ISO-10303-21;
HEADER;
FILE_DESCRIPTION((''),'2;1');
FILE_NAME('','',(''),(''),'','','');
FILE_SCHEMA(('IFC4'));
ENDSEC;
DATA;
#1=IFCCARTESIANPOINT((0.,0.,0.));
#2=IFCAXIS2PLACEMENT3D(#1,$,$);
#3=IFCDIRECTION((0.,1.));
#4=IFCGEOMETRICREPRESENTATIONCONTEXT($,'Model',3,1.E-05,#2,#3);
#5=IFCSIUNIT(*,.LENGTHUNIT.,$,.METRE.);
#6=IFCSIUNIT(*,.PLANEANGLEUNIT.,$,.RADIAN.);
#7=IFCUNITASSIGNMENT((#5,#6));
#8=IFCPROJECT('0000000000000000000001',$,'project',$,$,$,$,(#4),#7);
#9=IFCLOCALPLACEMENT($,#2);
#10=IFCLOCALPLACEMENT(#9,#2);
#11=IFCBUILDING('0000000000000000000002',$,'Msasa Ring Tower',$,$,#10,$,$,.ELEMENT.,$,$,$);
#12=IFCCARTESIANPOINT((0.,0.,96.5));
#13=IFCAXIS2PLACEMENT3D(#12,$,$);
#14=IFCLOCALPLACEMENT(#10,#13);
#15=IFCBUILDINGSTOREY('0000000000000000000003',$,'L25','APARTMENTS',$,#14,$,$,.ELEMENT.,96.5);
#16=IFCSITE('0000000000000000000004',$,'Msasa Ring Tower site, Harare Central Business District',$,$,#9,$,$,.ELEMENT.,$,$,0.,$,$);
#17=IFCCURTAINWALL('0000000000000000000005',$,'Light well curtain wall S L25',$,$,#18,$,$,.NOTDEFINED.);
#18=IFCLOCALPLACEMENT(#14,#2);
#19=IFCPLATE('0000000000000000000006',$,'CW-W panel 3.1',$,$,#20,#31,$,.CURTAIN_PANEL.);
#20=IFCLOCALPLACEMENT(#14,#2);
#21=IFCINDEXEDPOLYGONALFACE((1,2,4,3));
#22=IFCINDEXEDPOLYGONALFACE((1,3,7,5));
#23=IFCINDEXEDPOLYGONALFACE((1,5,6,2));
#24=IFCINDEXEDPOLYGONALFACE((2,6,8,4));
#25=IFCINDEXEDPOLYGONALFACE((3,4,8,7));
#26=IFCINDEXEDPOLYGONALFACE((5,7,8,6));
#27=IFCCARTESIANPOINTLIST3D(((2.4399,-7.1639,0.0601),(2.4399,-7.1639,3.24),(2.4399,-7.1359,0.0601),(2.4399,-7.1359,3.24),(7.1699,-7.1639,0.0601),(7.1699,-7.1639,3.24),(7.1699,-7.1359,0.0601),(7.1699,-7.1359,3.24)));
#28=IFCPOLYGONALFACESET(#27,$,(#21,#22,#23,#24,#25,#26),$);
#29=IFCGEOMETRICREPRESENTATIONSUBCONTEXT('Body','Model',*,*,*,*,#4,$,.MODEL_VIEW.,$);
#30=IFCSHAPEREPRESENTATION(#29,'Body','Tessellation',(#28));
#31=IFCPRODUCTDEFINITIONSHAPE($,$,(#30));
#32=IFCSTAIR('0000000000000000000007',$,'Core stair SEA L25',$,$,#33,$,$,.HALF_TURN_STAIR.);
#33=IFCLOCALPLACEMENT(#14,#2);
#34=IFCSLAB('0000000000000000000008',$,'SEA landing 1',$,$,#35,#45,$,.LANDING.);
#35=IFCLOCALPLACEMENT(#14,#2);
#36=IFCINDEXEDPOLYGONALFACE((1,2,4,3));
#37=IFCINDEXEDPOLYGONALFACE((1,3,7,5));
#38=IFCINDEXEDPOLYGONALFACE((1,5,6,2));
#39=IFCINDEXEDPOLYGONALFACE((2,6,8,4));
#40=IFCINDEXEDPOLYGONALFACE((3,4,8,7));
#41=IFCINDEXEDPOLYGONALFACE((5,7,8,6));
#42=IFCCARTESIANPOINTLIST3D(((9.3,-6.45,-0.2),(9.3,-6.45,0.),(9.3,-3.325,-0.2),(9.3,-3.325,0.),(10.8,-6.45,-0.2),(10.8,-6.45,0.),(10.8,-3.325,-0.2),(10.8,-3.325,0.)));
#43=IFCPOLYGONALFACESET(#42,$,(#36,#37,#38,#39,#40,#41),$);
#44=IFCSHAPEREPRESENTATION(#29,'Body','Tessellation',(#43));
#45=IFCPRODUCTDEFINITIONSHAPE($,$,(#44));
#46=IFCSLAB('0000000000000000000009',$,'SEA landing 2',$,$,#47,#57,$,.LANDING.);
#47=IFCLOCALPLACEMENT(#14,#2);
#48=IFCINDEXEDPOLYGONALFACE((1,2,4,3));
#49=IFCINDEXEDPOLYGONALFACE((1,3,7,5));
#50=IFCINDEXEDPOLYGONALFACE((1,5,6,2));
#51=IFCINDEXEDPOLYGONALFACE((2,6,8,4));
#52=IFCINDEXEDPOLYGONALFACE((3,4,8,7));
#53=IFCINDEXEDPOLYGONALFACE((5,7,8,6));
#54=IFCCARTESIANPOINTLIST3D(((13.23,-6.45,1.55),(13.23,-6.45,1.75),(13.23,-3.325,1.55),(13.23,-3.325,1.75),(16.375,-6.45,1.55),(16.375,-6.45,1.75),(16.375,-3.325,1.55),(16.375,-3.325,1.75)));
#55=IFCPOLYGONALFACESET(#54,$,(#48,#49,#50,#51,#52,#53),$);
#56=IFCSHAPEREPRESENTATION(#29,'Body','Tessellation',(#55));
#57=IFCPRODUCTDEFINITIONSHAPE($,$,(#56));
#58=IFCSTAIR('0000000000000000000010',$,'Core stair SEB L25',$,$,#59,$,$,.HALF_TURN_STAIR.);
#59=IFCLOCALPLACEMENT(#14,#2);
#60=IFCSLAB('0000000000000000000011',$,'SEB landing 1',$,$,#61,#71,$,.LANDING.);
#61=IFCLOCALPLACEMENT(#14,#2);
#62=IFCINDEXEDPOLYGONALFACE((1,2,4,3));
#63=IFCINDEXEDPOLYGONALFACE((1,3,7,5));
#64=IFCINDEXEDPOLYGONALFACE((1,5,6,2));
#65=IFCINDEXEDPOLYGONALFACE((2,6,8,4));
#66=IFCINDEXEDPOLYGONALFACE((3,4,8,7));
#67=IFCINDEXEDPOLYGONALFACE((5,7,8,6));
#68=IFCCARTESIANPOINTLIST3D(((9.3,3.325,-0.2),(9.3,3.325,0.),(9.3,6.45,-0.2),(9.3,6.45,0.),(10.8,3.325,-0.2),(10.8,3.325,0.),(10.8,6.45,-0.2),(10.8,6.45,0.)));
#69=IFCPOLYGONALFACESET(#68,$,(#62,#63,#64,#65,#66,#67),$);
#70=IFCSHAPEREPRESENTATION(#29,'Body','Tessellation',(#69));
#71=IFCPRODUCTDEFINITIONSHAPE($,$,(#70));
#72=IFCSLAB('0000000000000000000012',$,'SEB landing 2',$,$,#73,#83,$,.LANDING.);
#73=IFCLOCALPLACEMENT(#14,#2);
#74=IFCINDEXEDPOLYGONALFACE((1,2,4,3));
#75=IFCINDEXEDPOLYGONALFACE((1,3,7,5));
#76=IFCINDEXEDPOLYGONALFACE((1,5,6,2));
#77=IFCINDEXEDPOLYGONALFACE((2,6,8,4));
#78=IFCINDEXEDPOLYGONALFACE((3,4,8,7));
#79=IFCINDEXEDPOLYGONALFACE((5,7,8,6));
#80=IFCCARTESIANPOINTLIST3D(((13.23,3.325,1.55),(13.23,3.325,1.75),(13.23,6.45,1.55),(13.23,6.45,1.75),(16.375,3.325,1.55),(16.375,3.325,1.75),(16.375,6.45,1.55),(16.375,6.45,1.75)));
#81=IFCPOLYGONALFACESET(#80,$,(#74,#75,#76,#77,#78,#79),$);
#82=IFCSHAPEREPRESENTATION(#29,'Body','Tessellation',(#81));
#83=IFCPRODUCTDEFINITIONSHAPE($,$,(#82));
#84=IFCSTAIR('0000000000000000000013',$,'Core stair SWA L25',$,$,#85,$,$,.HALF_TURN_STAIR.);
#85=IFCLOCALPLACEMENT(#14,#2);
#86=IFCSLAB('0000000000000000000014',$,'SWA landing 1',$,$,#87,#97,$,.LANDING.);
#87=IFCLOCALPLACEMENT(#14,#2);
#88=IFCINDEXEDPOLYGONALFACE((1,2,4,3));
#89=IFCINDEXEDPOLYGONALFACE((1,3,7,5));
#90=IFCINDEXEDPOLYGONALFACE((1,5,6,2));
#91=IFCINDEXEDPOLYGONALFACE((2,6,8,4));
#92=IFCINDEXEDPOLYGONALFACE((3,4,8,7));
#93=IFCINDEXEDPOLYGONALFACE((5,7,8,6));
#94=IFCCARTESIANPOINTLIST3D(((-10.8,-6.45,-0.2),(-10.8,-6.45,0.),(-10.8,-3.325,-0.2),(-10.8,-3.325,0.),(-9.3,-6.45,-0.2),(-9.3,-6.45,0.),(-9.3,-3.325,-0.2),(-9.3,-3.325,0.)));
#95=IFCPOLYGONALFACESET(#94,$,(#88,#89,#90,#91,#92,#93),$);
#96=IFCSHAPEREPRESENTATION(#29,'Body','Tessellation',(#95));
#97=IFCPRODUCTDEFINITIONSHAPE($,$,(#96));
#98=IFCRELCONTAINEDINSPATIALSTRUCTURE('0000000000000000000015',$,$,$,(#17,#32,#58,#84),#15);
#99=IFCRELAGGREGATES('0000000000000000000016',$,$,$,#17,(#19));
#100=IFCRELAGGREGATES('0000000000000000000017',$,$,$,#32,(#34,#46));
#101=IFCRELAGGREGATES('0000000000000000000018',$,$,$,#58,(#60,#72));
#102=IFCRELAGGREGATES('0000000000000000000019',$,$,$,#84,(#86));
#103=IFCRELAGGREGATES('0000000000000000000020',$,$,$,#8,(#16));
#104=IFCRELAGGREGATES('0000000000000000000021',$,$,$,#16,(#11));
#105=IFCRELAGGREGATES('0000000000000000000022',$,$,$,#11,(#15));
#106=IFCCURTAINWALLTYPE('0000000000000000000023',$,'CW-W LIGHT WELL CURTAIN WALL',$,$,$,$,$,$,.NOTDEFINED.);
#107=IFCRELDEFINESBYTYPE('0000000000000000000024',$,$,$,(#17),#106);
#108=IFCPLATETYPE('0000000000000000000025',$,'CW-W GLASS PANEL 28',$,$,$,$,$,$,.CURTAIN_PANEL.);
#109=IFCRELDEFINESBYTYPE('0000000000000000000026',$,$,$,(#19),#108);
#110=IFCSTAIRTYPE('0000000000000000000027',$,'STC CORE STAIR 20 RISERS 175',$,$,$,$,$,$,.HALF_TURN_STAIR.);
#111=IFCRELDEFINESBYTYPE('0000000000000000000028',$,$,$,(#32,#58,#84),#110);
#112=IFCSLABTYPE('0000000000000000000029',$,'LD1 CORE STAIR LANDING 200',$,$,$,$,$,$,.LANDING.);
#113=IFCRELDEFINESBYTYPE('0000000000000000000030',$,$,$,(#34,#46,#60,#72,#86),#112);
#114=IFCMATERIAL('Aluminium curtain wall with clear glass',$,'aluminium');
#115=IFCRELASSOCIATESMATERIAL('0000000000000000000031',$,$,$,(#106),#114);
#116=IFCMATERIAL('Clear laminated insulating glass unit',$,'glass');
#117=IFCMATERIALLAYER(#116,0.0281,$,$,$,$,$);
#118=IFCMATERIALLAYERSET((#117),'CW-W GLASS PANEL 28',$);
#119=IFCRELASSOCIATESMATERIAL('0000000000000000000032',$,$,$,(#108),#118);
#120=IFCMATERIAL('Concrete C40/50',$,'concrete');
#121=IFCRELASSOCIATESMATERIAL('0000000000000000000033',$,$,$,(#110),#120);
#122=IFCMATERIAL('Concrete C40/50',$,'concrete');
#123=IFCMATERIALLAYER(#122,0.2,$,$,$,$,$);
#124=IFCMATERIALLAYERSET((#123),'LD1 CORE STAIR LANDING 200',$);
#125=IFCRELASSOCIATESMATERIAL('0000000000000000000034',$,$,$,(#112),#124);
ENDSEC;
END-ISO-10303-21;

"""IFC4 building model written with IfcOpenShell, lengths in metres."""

from ifc_helpers import new_model, si_unit, direction, frame, origin, origin_2d, place, context, subcontext, project, spatial, polyline, rectangle, outline, extrude, material, layer, layer_set, type_object, element, aggregate, save


model = new_model("IFC4")

# Units and contexts
model_context = context("Model", 3, precision=1e-05, world=origin(), true_north=direction((0.0, 1.0)))
body_context = subcontext(model_context, "Body", "Model", "MODEL_VIEW")
ifc_project = project(units=[si_unit("LENGTHUNIT", "METRE"), si_unit("PLANEANGLEUNIT", "RADIAN")], contexts=[model_context])

# Site, building, storey
site_placement = place(None, origin())
site = spatial("IfcSite", under=ifc_project, at=site_placement, Name="Msasa Ring Tower site, Harare Central Business District", CompositionType="ELEMENT", RefElevation=0.0)
building_placement = place(site_placement, origin())
building = spatial("IfcBuilding", under=site, at=building_placement, Name="Msasa Ring Tower", CompositionType="ELEMENT")
storey_placement = place(building_placement, frame((0.0, 0.0, 96.5)))
storey = spatial("IfcBuildingStorey", under=building, at=storey_placement, Name="L25", Description="APARTMENTS", CompositionType="ELEMENT", Elevation=96.5)

# Shared definitions
ifc_material_1 = material(Name="Aluminium curtain wall with clear glass", Category="aluminium")
curtain_wall_type = type_object("IfcCurtainWallType", Name="CW-W LIGHT WELL CURTAIN WALL", PredefinedType="NOTDEFINED", material=ifc_material_1)

# Curtain wall, plate
curtain_wall_1_placement = place(storey_placement, origin())
curtain_wall_1 = element("IfcCurtainWall", 1, at=curtain_wall_1_placement, inside=storey, type_object=curtain_wall_type, Name="Light well curtain wall S L25", PredefinedType="NOTDEFINED")
ifc_material_2 = material(Name="Clear laminated insulating glass unit", Category="glass")
ifc_layer_1 = layer(ifc_material_2, 0.0281)
ifc_layer_set_1 = layer_set([ifc_layer_1], Name="CW-W GLASS PANEL 28")
plate_type = type_object("IfcPlateType", Name="CW-W GLASS PANEL 28", PredefinedType="CURTAIN_PANEL", material=ifc_layer_set_1)
plate_placement = place(storey_placement, frame((4.8049, -7.1499, 0.0601), z_axis=(0.0, 0.0, 1.0), x_axis=(1.0, 0.0, 0.0)))
plate = element("IfcPlate", 2, at=plate_placement, type_object=plate_type, Name="CW-W panel 3.1", PredefinedType="CURTAIN_PANEL", context=body_context, shape_type="SweptSolid", body=[
    extrude(rectangle(XDim=4.73, YDim=0.0281, at=origin_2d()), origin(), (0.0, 0.0, 1.0), 3.1799),
])
aggregate(curtain_wall_1, [plate])

# Stairs, slabs
ifc_material_3 = material(Name="Concrete C40/50", Category="concrete")
stair_type = type_object("IfcStairType", Name="STC CORE STAIR 20 RISERS 175", PredefinedType="HALF_TURN_STAIR", material=ifc_material_3)
stair_1_placement = place(storey_placement, origin())
stair_1 = element("IfcStair", 3, at=stair_1_placement, inside=storey, type_object=stair_type, Name="Core stair SEA L25", PredefinedType="HALF_TURN_STAIR")
ifc_material_4 = material(Name="Concrete C40/50", Category="concrete")
ifc_layer_2 = layer(ifc_material_4, 0.2)
ifc_layer_set_2 = layer_set([ifc_layer_2], Name="LD1 CORE STAIR LANDING 200")
slab_type = type_object("IfcSlabType", Name="LD1 CORE STAIR LANDING 200", PredefinedType="LANDING", material=ifc_layer_set_2)
slab_1_placement = place(storey_placement, frame((0.0, 0.0, -0.2)))
slab_1 = element("IfcSlab", 4, at=slab_1_placement, type_object=slab_type, Name="SEA landing 1", PredefinedType="LANDING", context=body_context, shape_type="SweptSolid", body=[
    extrude(outline(polyline([(9.3, -6.45), (10.8, -6.45), (10.8, -3.325), (9.3, -3.325), (9.3, -6.45)])), origin(), (0.0, 0.0, 1.0), 0.2),
])
slab_2_placement = place(storey_placement, frame((0.0, 0.0, 1.55)))
slab_2 = element("IfcSlab", 5, at=slab_2_placement, type_object=slab_type, Name="SEA landing 2", PredefinedType="LANDING", context=body_context, shape_type="SweptSolid", body=[
    extrude(outline(polyline([(13.23, -6.45), (16.375, -6.45), (16.375, -3.325), (13.23, -3.325), (13.23, -6.45)])), origin(), (0.0, 0.0, 1.0), 0.2),
])
aggregate(stair_1, [slab_1, slab_2])
stair_2_placement = place(storey_placement, origin())
stair_2 = element("IfcStair", 6, at=stair_2_placement, inside=storey, type_object=stair_type, Name="Core stair SEB L25", PredefinedType="HALF_TURN_STAIR")
slab_3_placement = place(storey_placement, frame((0.0, 0.0, -0.2)))
slab_3 = element("IfcSlab", 7, at=slab_3_placement, type_object=slab_type, Name="SEB landing 1", PredefinedType="LANDING", context=body_context, shape_type="SweptSolid", body=[
    extrude(outline(polyline([(9.3, 3.325), (10.8, 3.325), (10.8, 6.45), (9.3, 6.45), (9.3, 3.325)])), origin(), (0.0, 0.0, 1.0), 0.2),
])
slab_4_placement = place(storey_placement, frame((0.0, 0.0, 1.55)))
slab_4 = element("IfcSlab", 8, at=slab_4_placement, type_object=slab_type, Name="SEB landing 2", PredefinedType="LANDING", context=body_context, shape_type="SweptSolid", body=[
    extrude(outline(polyline([(13.23, 3.325), (16.375, 3.325), (16.375, 6.45), (13.23, 6.45), (13.23, 3.325)])), origin(), (0.0, 0.0, 1.0), 0.2),
])
aggregate(stair_2, [slab_3, slab_4])

# Stair, slab
stair_3_placement = place(storey_placement, origin())
stair_3 = element("IfcStair", 9, at=stair_3_placement, inside=storey, type_object=stair_type, Name="Core stair SWA L25", PredefinedType="HALF_TURN_STAIR")
slab_5_placement = place(storey_placement, frame((0.0, 0.0, -0.2)))
slab_5 = element("IfcSlab", 10, at=slab_5_placement, type_object=slab_type, Name="SWA landing 1", PredefinedType="LANDING", context=body_context, shape_type="SweptSolid", body=[
    extrude(outline(polyline([(-10.8, -6.45), (-9.3, -6.45), (-9.3, -3.325), (-10.8, -3.325), (-10.8, -6.45)])), origin(), (0.0, 0.0, 1.0), 0.2),
])
aggregate(stair_3, [slab_5])

save(model, "model.ifc")
